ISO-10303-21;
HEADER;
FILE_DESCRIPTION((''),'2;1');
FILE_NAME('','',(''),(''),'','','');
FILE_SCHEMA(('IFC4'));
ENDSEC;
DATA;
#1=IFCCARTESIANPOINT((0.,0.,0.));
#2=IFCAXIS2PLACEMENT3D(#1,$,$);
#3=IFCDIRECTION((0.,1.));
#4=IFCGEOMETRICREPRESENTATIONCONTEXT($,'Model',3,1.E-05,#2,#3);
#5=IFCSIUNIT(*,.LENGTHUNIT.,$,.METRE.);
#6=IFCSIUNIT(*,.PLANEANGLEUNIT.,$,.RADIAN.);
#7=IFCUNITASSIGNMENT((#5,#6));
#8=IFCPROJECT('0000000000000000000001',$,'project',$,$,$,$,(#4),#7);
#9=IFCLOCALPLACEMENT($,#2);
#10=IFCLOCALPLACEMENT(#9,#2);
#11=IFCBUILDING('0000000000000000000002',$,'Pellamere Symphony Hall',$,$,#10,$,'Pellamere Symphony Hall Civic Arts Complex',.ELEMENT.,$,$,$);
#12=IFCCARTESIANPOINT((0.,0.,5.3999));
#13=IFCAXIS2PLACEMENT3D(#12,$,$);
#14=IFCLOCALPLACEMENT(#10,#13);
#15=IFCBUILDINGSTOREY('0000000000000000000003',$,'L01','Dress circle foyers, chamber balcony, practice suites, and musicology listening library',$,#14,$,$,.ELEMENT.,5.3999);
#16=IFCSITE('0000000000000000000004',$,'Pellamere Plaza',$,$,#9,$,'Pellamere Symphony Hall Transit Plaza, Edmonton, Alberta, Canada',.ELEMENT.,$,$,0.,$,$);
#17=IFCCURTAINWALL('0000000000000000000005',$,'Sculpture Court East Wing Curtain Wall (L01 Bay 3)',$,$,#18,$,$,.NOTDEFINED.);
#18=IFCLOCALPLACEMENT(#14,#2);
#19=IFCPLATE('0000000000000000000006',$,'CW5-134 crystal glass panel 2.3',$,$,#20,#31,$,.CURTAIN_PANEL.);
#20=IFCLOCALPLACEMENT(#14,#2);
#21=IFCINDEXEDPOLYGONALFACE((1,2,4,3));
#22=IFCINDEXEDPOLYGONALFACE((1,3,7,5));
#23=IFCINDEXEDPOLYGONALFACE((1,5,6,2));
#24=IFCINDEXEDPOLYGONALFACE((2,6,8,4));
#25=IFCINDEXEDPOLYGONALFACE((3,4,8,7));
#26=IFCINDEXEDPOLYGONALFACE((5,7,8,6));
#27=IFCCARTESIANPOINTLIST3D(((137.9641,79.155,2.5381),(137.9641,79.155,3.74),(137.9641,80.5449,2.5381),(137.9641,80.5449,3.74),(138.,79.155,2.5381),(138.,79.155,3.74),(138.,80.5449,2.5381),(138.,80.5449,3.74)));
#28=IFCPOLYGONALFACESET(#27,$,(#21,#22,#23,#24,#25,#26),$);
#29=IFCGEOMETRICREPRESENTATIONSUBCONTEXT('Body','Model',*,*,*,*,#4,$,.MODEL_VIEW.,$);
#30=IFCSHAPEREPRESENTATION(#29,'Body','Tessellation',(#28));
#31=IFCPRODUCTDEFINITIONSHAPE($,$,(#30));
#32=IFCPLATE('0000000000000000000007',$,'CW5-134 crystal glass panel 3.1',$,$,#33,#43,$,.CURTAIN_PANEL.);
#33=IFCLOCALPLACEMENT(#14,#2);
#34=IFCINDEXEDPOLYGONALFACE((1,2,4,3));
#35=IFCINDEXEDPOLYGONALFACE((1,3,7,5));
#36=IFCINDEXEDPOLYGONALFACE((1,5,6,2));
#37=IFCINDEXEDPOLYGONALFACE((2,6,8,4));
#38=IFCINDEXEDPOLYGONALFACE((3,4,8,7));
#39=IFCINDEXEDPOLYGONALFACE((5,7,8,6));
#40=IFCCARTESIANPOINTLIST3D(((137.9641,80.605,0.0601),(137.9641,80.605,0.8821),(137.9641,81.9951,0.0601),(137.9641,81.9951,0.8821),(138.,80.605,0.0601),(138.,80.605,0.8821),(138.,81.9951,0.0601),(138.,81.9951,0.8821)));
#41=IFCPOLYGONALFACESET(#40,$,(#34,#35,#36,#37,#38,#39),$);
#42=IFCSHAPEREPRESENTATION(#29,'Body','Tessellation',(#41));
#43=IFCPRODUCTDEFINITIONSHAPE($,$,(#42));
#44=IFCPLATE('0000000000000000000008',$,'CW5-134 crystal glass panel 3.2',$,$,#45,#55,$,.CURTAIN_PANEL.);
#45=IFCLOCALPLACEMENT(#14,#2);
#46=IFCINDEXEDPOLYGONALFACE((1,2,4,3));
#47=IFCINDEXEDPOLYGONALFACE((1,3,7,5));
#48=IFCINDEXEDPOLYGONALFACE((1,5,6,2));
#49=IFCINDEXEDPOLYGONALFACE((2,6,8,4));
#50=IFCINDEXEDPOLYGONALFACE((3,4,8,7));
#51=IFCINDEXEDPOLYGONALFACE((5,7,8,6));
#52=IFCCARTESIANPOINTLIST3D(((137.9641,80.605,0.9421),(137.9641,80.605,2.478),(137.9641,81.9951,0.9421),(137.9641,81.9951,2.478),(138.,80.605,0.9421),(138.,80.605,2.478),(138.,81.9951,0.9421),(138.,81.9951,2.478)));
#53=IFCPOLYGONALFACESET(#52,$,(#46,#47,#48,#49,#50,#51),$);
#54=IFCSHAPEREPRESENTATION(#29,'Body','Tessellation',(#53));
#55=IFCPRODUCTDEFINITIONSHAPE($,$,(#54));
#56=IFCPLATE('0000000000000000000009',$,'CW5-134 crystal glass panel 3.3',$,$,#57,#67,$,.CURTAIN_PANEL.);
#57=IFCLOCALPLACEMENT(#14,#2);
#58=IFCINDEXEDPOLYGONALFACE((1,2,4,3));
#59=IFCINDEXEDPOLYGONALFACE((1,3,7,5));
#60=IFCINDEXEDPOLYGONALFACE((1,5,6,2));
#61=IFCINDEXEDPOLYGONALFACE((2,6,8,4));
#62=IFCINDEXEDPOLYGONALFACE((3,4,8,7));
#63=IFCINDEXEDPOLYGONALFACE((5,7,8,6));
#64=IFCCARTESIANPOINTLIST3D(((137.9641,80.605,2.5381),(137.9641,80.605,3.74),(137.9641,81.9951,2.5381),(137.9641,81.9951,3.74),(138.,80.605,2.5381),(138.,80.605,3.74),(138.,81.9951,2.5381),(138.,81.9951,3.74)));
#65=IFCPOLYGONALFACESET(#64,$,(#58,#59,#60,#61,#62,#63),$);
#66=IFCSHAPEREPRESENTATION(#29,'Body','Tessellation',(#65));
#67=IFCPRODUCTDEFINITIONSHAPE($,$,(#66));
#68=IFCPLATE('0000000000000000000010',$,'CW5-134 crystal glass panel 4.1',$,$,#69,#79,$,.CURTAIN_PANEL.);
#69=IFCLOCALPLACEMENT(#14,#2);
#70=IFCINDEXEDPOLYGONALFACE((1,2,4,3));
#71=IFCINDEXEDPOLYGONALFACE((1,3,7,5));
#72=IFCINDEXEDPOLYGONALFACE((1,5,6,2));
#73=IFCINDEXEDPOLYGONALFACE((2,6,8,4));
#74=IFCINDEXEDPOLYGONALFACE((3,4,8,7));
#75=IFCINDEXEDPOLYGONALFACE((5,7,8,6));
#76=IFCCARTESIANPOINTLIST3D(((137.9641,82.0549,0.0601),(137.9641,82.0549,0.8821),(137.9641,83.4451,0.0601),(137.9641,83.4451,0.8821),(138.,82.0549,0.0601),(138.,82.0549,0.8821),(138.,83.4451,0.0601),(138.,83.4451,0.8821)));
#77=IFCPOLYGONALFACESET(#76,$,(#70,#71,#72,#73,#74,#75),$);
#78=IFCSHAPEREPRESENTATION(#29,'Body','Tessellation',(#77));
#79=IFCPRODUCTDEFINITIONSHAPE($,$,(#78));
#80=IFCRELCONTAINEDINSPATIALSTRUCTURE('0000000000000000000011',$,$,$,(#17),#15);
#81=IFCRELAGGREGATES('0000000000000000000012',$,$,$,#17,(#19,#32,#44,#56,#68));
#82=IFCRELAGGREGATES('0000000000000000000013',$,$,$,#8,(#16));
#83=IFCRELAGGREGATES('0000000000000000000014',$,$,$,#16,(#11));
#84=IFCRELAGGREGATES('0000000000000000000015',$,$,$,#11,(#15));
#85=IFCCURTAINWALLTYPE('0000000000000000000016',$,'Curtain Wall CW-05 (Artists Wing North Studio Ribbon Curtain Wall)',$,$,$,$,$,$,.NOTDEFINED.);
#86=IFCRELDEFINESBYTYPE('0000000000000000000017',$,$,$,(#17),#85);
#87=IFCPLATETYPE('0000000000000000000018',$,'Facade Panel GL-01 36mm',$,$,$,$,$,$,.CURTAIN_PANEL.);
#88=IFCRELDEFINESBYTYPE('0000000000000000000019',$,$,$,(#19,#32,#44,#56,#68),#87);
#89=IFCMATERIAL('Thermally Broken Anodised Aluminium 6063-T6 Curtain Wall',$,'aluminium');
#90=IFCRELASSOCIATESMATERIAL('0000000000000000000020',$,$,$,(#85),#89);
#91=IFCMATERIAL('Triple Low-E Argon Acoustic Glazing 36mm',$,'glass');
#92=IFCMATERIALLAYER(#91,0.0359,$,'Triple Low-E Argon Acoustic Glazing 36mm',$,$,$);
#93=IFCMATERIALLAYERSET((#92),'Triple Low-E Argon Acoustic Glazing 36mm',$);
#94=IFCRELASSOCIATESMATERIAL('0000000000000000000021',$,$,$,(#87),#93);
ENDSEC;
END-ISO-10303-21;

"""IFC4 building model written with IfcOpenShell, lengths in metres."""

from ifc_helpers import new_model, si_unit, direction, frame, origin, place, context, subcontext, project, spatial, polyline, outline, extrude, material, layer, layer_set, type_object, element, aggregate, save


model = new_model("IFC4")

# Units and contexts
model_context = context("Model", 3, precision=1e-05, world=origin(), true_north=direction((0.0, 1.0)))
body_context = subcontext(model_context, "Body", "Model", "MODEL_VIEW")
ifc_project = project(units=[si_unit("LENGTHUNIT", "METRE"), si_unit("PLANEANGLEUNIT", "RADIAN")], contexts=[model_context])

# Site, building, storey
site_placement = place(None, origin())
site = spatial("IfcSite", under=ifc_project, at=site_placement, Name="Pellamere Plaza", LongName="Pellamere Symphony Hall Transit Plaza, Edmonton, Alberta, Canada", CompositionType="ELEMENT", RefElevation=0.0)
building_placement = place(site_placement, origin())
building = spatial("IfcBuilding", under=site, at=building_placement, Name="Pellamere Symphony Hall", LongName="Pellamere Symphony Hall Civic Arts Complex", CompositionType="ELEMENT")
storey_placement = place(building_placement, frame((0.0, 0.0, 5.3999)))
storey = spatial("IfcBuildingStorey", under=building, at=storey_placement, Name="L01", Description="Dress circle foyers, chamber balcony, practice suites, and musicology listening library", CompositionType="ELEMENT", Elevation=5.3999)

# Shared definitions
ifc_material_1 = material(Name="Thermally Broken Anodised Aluminium 6063-T6 Curtain Wall", Category="aluminium")
curtain_wall_type = type_object("IfcCurtainWallType", Name="Curtain Wall CW-05 (Artists Wing North Studio Ribbon Curtain Wall)", PredefinedType="NOTDEFINED", material=ifc_material_1)

# Curtain wall
curtain_wall_1_placement = place(storey_placement, origin())
curtain_wall_1 = element("IfcCurtainWall", 1, at=curtain_wall_1_placement, inside=storey, type_object=curtain_wall_type, Name="Sculpture Court East Wing Curtain Wall (L01 Bay 3)", PredefinedType="NOTDEFINED")

# Plates
ifc_material_2 = material(Name="Triple Low-E Argon Acoustic Glazing 36mm", Category="glass")
ifc_layer = layer(ifc_material_2, 0.0359, Name="Triple Low-E Argon Acoustic Glazing 36mm")
ifc_layer_set = layer_set([ifc_layer], Name="Triple Low-E Argon Acoustic Glazing 36mm")
plate_type = type_object("IfcPlateType", Name="Facade Panel GL-01 36mm", PredefinedType="CURTAIN_PANEL", material=ifc_layer_set)
plate_1_placement = place(storey_placement, frame((138.0, 79.155, 2.5381), z_axis=(1.0, 0.0, 0.0), x_axis=(0.0, 1.0, 0.0)))
plate_1 = element("IfcPlate", 2, at=plate_1_placement, type_object=plate_type, Name="CW5-134 crystal glass panel 2.3", PredefinedType="CURTAIN_PANEL", context=body_context, shape_type="SweptSolid", body=[
    extrude(outline(polyline([(0.0, 0.0), (1.3899, 0.0), (1.3899, 1.2019), (0.0, 1.2019), (0.0, 0.0)])), origin(), (0.0, 0.0, -1.0), 0.0359),
])
plate_2_placement = place(storey_placement, frame((138.0, 80.605, 0.0601), z_axis=(1.0, 0.0, 0.0), x_axis=(0.0, 1.0, 0.0)))
plate_2 = element("IfcPlate", 3, at=plate_2_placement, type_object=plate_type, Name="CW5-134 crystal glass panel 3.1", PredefinedType="CURTAIN_PANEL", context=body_context, shape_type="SweptSolid", body=[
    extrude(outline(polyline([(0.0, 0.0), (1.3901, 0.0), (1.3901, 0.822), (0.0, 0.822), (0.0, 0.0)])), origin(), (0.0, 0.0, -1.0), 0.0359),
])
plate_3_placement = place(storey_placement, frame((138.0, 80.605, 0.9421), z_axis=(1.0, 0.0, 0.0), x_axis=(0.0, 1.0, 0.0)))
plate_3 = element("IfcPlate", 4, at=plate_3_placement, type_object=plate_type, Name="CW5-134 crystal glass panel 3.2", PredefinedType="CURTAIN_PANEL", context=body_context, shape_type="SweptSolid", body=[
    extrude(outline(polyline([(0.0, 0.0), (1.3901, 0.0), (1.3901, 1.5359), (0.0, 1.5359), (0.0, 0.0)])), origin(), (0.0, 0.0, -1.0), 0.0359),
])
plate_4_placement = place(storey_placement, frame((138.0, 80.605, 2.5381), z_axis=(1.0, 0.0, 0.0), x_axis=(0.0, 1.0, 0.0)))
plate_4 = element("IfcPlate", 5, at=plate_4_placement, type_object=plate_type, Name="CW5-134 crystal glass panel 3.3", PredefinedType="CURTAIN_PANEL", context=body_context, shape_type="SweptSolid", body=[
    extrude(outline(polyline([(0.0, 0.0), (1.3901, 0.0), (1.3901, 1.2019), (0.0, 1.2019), (0.0, 0.0)])), origin(), (0.0, 0.0, -1.0), 0.0359),
])
plate_5_placement = place(storey_placement, frame((138.0, 82.0549, 0.0601), z_axis=(1.0, 0.0, 0.0), x_axis=(0.0, 1.0, 0.0)))
plate_5 = element("IfcPlate", 6, at=plate_5_placement, type_object=plate_type, Name="CW5-134 crystal glass panel 4.1", PredefinedType="CURTAIN_PANEL", context=body_context, shape_type="SweptSolid", body=[
    extrude(outline(polyline([(0.0, 0.0), (1.3901, 0.0), (1.3901, 0.822), (0.0, 0.822), (0.0, 0.0)])), origin(), (0.0, 0.0, -1.0), 0.0359),
])
aggregate(curtain_wall_1, [plate_1, plate_2, plate_3, plate_4, plate_5])

save(model, "model.ifc")
